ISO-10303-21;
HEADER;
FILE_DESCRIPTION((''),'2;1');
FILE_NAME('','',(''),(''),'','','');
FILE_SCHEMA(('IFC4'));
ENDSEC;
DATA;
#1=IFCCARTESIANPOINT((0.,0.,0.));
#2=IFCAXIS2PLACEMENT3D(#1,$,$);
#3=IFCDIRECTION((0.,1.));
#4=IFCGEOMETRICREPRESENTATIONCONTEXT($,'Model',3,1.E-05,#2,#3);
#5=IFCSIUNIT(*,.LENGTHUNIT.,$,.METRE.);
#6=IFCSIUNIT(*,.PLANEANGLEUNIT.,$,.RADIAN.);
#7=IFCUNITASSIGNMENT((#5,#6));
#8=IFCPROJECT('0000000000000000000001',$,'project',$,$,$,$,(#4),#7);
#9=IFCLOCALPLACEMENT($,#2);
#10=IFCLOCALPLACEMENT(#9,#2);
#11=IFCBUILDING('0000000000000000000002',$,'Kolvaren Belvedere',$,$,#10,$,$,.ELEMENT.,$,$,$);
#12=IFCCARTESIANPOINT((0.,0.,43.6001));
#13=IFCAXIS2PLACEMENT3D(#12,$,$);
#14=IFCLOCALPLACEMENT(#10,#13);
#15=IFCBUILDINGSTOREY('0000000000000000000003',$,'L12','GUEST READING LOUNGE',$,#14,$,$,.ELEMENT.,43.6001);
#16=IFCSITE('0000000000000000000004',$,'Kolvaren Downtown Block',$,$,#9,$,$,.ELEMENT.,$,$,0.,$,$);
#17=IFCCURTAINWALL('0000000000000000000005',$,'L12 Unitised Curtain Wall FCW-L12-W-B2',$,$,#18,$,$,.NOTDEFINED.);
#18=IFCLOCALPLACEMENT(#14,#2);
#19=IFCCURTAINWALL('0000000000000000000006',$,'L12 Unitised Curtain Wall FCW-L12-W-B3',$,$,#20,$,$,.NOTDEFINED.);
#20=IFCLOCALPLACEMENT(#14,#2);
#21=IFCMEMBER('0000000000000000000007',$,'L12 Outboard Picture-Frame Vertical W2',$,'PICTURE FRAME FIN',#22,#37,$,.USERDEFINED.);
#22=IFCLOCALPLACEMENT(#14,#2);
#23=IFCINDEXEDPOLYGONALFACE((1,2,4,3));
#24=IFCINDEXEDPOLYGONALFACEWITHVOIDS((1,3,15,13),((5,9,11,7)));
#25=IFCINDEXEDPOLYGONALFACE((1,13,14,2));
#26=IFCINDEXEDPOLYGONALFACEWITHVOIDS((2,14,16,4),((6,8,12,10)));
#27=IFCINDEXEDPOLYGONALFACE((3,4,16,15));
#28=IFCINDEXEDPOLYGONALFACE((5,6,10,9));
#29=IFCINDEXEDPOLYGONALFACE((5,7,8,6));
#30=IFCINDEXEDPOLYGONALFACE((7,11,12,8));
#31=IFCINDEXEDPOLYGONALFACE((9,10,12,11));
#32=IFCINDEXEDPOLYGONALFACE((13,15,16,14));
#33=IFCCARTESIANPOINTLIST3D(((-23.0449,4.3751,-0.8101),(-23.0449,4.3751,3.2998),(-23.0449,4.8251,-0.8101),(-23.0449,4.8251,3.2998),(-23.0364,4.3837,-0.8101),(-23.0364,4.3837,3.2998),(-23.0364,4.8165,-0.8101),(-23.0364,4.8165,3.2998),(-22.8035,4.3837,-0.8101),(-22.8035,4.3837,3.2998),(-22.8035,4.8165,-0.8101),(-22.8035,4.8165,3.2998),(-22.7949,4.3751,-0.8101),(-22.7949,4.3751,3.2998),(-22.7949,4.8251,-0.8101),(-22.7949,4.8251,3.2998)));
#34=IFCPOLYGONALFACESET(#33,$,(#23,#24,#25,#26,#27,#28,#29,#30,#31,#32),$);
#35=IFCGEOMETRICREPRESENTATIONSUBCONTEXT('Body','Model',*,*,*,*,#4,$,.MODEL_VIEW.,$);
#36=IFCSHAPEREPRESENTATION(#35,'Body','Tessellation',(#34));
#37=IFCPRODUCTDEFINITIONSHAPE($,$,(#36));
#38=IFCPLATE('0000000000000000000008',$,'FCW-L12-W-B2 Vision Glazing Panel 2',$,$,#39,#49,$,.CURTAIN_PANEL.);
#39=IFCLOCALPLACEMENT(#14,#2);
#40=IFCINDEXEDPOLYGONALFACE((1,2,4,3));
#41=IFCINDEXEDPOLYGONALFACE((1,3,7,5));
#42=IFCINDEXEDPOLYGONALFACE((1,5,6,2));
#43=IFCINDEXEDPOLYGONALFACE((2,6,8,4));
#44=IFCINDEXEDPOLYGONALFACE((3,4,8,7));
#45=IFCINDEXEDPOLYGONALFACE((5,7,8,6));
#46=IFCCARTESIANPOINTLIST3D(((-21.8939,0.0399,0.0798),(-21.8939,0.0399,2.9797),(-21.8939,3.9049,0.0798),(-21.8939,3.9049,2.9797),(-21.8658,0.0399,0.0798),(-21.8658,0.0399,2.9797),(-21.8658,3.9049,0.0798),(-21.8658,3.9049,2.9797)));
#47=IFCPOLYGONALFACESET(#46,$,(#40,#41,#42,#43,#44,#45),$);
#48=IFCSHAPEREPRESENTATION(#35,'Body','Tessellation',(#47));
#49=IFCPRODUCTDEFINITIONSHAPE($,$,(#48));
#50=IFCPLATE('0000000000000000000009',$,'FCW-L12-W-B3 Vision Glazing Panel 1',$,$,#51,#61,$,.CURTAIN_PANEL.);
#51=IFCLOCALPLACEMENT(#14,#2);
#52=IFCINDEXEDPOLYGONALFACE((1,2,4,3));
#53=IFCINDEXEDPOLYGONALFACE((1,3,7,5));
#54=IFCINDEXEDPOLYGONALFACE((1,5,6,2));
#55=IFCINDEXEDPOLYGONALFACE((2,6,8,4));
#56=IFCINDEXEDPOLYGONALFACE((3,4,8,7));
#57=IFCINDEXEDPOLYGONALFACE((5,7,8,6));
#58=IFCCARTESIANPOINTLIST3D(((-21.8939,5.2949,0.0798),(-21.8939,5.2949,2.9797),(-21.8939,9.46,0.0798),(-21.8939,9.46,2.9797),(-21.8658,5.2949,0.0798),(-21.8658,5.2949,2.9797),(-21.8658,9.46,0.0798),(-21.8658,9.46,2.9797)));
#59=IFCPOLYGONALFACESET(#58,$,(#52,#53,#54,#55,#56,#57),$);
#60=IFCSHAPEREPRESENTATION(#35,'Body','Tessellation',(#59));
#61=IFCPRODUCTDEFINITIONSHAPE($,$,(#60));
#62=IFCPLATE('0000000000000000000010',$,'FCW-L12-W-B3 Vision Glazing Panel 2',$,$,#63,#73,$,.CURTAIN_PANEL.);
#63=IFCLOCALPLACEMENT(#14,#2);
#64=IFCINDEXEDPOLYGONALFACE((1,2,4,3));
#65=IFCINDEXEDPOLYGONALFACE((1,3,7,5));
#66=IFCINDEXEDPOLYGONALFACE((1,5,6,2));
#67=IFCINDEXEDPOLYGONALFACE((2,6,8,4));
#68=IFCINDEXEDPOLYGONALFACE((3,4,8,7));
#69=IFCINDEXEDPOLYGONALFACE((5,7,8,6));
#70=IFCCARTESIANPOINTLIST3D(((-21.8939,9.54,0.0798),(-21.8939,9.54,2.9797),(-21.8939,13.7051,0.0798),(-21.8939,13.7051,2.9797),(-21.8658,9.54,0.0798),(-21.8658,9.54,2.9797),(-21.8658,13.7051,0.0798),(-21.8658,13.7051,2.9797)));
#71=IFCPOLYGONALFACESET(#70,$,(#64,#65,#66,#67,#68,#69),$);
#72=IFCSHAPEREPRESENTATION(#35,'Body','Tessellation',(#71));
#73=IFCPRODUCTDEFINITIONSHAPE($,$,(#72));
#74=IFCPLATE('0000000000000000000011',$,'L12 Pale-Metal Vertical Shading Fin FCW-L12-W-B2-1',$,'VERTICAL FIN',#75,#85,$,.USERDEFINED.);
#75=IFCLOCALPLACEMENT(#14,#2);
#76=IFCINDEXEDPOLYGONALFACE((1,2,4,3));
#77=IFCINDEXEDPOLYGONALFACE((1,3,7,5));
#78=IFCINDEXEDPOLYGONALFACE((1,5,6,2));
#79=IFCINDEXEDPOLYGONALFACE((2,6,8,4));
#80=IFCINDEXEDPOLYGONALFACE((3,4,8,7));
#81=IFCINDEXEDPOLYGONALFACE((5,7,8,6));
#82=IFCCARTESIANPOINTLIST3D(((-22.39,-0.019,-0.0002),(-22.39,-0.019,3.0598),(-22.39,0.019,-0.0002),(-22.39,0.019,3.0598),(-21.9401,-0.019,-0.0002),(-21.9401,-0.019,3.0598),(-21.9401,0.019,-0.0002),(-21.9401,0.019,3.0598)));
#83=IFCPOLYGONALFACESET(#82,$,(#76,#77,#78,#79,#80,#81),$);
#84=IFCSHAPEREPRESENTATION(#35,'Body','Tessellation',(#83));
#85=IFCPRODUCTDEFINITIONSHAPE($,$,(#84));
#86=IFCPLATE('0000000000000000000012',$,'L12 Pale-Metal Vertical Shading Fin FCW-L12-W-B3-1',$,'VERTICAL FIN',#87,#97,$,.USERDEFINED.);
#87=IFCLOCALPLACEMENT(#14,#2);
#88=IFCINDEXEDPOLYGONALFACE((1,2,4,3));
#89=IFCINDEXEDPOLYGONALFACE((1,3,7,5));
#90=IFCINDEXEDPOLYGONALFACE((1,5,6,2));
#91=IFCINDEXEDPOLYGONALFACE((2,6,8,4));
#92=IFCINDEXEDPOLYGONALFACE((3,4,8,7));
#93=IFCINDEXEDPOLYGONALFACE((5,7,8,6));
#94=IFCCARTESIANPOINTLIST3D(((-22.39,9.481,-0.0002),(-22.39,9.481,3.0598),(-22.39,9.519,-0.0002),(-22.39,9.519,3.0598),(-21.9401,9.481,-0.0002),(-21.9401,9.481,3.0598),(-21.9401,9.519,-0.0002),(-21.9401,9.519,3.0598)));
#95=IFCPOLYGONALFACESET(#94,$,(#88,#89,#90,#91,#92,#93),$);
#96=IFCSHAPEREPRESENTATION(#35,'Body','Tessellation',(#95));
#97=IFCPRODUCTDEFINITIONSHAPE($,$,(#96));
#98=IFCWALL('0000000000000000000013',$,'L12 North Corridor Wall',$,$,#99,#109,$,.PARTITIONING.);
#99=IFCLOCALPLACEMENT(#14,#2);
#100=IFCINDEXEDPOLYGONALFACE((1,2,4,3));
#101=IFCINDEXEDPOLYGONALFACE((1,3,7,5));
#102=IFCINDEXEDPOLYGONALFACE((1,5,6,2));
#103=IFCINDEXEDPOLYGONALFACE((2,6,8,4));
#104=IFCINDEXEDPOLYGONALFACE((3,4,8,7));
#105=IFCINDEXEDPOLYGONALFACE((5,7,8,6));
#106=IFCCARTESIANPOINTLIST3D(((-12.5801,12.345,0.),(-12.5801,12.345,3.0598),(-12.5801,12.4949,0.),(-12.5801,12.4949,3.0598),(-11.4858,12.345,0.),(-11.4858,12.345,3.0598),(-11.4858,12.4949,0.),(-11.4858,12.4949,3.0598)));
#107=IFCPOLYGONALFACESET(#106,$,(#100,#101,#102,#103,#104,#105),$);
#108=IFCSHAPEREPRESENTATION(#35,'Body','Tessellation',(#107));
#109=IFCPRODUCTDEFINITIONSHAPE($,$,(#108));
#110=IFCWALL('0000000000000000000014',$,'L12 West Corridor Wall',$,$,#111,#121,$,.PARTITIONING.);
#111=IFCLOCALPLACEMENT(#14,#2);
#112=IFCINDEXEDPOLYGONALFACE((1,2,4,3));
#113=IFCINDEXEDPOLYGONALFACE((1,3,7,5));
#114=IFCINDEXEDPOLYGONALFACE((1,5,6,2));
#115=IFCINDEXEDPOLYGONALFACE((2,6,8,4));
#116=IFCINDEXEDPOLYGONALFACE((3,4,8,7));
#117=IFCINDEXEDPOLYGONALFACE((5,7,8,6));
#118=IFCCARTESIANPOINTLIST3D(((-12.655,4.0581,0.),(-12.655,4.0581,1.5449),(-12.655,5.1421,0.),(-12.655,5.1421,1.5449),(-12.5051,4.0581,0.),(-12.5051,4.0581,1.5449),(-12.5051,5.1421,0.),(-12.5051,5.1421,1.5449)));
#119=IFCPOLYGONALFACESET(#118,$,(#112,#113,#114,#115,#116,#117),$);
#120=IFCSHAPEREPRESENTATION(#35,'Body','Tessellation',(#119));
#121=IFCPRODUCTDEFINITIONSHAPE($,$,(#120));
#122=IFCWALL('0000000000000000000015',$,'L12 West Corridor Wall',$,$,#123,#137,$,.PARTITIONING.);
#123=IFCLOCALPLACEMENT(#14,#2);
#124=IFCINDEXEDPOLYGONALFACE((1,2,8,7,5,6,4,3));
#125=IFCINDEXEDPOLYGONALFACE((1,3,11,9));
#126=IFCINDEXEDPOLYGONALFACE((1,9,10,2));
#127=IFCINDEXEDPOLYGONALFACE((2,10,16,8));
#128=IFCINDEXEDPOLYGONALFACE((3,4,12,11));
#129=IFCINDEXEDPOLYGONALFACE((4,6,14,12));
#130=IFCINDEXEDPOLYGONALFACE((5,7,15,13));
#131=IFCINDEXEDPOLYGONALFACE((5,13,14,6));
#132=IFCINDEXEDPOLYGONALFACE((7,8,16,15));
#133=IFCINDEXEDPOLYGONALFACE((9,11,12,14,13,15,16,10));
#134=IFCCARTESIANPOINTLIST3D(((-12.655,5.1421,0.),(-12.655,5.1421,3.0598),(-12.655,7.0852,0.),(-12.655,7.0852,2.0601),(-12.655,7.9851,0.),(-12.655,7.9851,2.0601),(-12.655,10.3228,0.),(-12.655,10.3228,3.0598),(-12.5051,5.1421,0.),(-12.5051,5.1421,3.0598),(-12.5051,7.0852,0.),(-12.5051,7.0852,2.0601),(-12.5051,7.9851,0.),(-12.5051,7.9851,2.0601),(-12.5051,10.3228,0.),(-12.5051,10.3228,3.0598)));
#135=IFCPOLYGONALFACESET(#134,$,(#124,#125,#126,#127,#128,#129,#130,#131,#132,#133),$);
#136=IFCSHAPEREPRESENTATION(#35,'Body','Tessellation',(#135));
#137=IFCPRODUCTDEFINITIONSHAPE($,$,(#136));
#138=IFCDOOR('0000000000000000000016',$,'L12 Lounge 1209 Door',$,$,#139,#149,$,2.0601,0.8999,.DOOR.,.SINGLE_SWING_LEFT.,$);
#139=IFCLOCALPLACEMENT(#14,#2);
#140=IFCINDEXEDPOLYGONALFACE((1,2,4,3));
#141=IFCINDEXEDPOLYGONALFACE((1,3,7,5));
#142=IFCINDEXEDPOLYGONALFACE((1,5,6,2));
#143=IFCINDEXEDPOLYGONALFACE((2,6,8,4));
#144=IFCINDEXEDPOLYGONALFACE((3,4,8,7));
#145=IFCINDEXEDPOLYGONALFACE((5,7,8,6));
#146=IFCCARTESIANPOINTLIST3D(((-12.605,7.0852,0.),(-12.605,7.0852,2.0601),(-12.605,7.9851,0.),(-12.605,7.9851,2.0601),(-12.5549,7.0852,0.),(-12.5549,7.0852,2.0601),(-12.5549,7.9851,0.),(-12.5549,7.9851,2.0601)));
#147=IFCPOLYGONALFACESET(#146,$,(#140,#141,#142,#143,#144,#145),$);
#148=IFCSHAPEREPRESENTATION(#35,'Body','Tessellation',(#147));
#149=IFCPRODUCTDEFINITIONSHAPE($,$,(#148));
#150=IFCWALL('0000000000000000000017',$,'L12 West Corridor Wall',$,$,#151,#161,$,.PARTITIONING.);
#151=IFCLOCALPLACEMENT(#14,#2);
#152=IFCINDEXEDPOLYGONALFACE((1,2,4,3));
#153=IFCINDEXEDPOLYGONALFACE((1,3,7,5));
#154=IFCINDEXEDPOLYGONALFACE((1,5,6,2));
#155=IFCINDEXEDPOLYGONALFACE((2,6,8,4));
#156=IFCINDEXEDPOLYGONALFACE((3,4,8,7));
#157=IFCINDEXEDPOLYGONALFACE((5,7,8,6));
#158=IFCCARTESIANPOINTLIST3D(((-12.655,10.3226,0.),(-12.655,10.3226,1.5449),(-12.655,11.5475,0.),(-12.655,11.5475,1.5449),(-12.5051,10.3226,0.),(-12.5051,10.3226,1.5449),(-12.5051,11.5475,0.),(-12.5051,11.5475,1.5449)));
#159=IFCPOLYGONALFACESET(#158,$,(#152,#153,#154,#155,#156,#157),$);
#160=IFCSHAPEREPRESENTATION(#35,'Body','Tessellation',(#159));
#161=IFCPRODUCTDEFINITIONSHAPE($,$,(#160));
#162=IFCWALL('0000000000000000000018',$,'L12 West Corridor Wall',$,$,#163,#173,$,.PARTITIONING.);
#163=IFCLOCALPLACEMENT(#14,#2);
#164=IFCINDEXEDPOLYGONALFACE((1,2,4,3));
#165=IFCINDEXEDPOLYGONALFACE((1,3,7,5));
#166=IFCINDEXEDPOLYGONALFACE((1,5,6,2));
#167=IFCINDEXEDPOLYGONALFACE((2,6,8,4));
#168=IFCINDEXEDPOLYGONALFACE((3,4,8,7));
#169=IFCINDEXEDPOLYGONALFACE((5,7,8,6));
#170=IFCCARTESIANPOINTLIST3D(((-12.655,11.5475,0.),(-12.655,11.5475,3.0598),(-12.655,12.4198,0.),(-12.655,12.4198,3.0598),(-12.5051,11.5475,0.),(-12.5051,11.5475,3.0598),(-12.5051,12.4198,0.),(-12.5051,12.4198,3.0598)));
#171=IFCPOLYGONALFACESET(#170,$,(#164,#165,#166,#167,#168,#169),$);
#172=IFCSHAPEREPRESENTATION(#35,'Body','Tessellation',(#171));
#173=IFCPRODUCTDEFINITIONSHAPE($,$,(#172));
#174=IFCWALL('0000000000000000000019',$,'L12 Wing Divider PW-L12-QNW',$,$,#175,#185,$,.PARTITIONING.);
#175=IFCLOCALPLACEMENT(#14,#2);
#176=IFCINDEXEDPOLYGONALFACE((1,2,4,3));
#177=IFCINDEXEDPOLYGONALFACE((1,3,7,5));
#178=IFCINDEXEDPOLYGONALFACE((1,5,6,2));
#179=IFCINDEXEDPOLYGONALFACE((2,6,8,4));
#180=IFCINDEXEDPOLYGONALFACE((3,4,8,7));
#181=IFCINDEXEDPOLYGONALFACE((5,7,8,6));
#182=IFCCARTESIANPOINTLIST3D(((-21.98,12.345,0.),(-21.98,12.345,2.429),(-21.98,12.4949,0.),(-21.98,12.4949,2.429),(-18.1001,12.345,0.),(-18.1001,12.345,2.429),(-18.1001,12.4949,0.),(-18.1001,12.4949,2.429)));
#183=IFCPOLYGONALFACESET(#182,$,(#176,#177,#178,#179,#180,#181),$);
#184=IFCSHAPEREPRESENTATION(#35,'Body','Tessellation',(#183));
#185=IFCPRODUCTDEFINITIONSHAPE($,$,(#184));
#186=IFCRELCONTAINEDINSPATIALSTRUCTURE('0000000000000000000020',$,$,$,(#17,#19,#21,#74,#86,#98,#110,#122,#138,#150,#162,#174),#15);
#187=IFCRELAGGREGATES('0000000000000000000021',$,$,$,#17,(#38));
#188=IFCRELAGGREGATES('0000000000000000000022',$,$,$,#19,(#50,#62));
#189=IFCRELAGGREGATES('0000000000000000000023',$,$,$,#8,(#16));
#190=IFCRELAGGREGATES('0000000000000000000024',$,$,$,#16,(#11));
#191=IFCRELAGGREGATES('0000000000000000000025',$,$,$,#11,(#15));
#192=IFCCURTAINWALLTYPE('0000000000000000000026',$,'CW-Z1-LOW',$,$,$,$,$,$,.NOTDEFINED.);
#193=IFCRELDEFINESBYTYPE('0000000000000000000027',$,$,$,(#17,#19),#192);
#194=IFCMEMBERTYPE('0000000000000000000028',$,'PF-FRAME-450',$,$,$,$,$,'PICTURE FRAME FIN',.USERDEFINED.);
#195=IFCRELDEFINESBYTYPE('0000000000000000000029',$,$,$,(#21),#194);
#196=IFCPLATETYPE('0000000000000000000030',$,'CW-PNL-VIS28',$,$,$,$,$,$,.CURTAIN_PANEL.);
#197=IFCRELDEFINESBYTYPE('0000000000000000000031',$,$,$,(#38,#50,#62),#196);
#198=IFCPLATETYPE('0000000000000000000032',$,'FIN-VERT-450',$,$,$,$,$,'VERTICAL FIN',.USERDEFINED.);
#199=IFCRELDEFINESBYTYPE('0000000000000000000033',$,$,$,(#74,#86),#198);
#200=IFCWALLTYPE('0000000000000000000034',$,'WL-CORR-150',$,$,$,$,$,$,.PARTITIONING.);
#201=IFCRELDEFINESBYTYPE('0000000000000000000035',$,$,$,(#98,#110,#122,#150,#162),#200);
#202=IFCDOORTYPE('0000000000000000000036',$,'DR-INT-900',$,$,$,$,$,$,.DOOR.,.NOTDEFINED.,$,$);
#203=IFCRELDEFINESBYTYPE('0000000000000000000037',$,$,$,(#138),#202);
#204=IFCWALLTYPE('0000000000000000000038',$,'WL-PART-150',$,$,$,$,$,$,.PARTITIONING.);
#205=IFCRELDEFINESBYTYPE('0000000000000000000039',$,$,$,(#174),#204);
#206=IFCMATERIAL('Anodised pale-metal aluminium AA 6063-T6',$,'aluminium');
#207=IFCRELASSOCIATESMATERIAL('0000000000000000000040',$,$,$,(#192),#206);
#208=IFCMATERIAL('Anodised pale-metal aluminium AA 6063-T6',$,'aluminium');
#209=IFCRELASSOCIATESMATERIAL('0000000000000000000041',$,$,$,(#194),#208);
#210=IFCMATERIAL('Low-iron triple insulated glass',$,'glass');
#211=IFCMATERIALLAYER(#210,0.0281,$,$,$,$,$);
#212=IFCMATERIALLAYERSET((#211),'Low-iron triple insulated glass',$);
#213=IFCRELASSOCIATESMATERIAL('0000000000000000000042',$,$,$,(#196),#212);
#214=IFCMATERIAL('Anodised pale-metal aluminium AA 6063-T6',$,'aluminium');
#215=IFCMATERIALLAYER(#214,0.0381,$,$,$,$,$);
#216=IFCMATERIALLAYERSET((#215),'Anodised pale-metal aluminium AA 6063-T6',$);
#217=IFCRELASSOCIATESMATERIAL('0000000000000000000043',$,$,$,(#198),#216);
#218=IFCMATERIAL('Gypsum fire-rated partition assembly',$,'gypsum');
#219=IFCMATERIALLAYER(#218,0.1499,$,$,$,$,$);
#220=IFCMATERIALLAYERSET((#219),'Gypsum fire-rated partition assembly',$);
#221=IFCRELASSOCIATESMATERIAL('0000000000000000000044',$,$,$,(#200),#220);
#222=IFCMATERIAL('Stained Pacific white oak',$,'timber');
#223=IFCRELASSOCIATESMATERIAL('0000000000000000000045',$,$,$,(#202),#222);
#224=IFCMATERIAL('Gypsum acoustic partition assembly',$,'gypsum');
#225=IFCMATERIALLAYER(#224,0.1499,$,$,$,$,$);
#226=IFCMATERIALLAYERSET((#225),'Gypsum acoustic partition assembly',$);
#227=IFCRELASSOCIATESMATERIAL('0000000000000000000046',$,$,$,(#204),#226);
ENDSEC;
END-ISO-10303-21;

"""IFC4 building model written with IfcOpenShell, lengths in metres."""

from ifc_helpers import new_model, si_unit, direction, frame, frame_2d, origin, origin_2d, place, context, subcontext, project, spatial, rectangle, hollow_rectangle, extrude, material, layer, layer_set, material_profile, profile_set, type_object, element, fill, aggregate, save


model = new_model("IFC4")

# Units and contexts
model_context = context("Model", 3, precision=1e-05, world=origin(), true_north=direction((0.0, 1.0)))
body_context = subcontext(model_context, "Body", "Model", "MODEL_VIEW")
ifc_project = project(units=[si_unit("LENGTHUNIT", "METRE"), si_unit("PLANEANGLEUNIT", "RADIAN")], contexts=[model_context])

# Site, building, storey
site_placement = place(None, origin())
site = spatial("IfcSite", under=ifc_project, at=site_placement, Name="Kolvaren Downtown Block", CompositionType="ELEMENT", RefElevation=0.0)
building_placement = place(site_placement, origin())
building = spatial("IfcBuilding", under=site, at=building_placement, Name="Kolvaren Belvedere", CompositionType="ELEMENT")
storey_placement = place(building_placement, frame((0.0, 0.0, 43.6001)))
storey = spatial("IfcBuildingStorey", under=building, at=storey_placement, Name="L12", Description="GUEST READING LOUNGE", CompositionType="ELEMENT", Elevation=43.6001)

# Curtain walls
ifc_material_1 = material(Name="Anodised pale-metal aluminium AA 6063-T6", Category="aluminium")
curtain_wall_type = type_object("IfcCurtainWallType", Name="CW-Z1-LOW", PredefinedType="NOTDEFINED", material=ifc_material_1)
curtain_wall_1_placement = place(storey_placement, origin())
curtain_wall_1 = element("IfcCurtainWall", 1, at=curtain_wall_1_placement, inside=storey, type_object=curtain_wall_type, Name="L12 Unitised Curtain Wall FCW-L12-W-B2", PredefinedType="NOTDEFINED")
curtain_wall_2_placement = place(storey_placement, origin())
curtain_wall_2 = element("IfcCurtainWall", 2, at=curtain_wall_2_placement, inside=storey, type_object=curtain_wall_type, Name="L12 Unitised Curtain Wall FCW-L12-W-B3", PredefinedType="NOTDEFINED")

# Member
ifc_material_2 = material(Name="Anodised pale-metal aluminium AA 6063-T6", Category="aluminium")
ifc_material_profile_1 = material_profile(ifc_material_2, hollow_rectangle(XDim=0.25, YDim=0.45, WallThickness=0.0085, at=origin_2d()), Name="ALU-PF-450X250")
ifc_profile_set_1 = profile_set([ifc_material_profile_1], Name="Anodised pale-metal aluminium AA 6063-T6")
member_type_1 = type_object("IfcMemberType", Name="PF-FRAME-450", ElementType="PICTURE FRAME FIN", PredefinedType="USERDEFINED", material=ifc_profile_set_1)
member_1_placement = place(storey_placement, frame((-22.9199, 4.6001, -0.8101), z_axis=(0.0, 0.0, 1.0), x_axis=(1.0, 0.0, 0.0)))
element("IfcMember", 3, at=member_1_placement, inside=storey, type_object=member_type_1, Name="L12 Outboard Picture-Frame Vertical W2", ObjectType="PICTURE FRAME FIN", PredefinedType="USERDEFINED", context=body_context, shape_type="SweptSolid", body=[
    extrude(hollow_rectangle(XDim=0.25, YDim=0.45, WallThickness=0.0085, at=origin_2d()), origin(), (0.0, 0.0, 1.0), 4.1099),
])

# Plates
ifc_material_3 = material(Name="Low-iron triple insulated glass", Category="glass")
ifc_layer_1 = layer(ifc_material_3, 0.0281)
ifc_layer_set_1 = layer_set([ifc_layer_1], Name="Low-iron triple insulated glass")
plate_type_1 = type_object("IfcPlateType", Name="CW-PNL-VIS28", PredefinedType="CURTAIN_PANEL", material=ifc_layer_set_1)
plate_1_placement = place(storey_placement, frame((-21.8799, 1.9724, 0.0798), z_axis=(0.0, 0.0, 1.0), x_axis=(0.0, 1.0, 0.0)))
plate_1 = element("IfcPlate", 4, at=plate_1_placement, type_object=plate_type_1, Name="FCW-L12-W-B2 Vision Glazing Panel 2", PredefinedType="CURTAIN_PANEL", context=body_context, shape_type="SweptSolid", body=[
    extrude(rectangle(XDim=3.865, YDim=0.0281, at=origin_2d()), origin(), (0.0, 0.0, 1.0), 2.8999),
])
aggregate(curtain_wall_1, [plate_1])
plate_2_placement = place(storey_placement, frame((-21.8799, 7.3774, 0.0798), z_axis=(0.0, 0.0, 1.0), x_axis=(0.0, 1.0, 0.0)))
plate_2 = element("IfcPlate", 5, at=plate_2_placement, type_object=plate_type_1, Name="FCW-L12-W-B3 Vision Glazing Panel 1", PredefinedType="CURTAIN_PANEL", context=body_context, shape_type="SweptSolid", body=[
    extrude(rectangle(XDim=4.165, YDim=0.0281, at=origin_2d()), origin(), (0.0, 0.0, 1.0), 2.8999),
])
plate_3_placement = place(storey_placement, frame((-21.8799, 11.6226, 0.0798), z_axis=(0.0, 0.0, 1.0), x_axis=(0.0, 1.0, 0.0)))
plate_3 = element("IfcPlate", 6, at=plate_3_placement, type_object=plate_type_1, Name="FCW-L12-W-B3 Vision Glazing Panel 2", PredefinedType="CURTAIN_PANEL", context=body_context, shape_type="SweptSolid", body=[
    extrude(rectangle(XDim=4.165, YDim=0.0281, at=origin_2d()), origin(), (0.0, 0.0, 1.0), 2.8999),
])
aggregate(curtain_wall_2, [plate_2, plate_3])

# Plates
ifc_material_4 = material(Name="Anodised pale-metal aluminium AA 6063-T6", Category="aluminium")
ifc_layer_2 = layer(ifc_material_4, 0.0381)
ifc_layer_set_2 = layer_set([ifc_layer_2], Name="Anodised pale-metal aluminium AA 6063-T6")
plate_type_2 = type_object("IfcPlateType", Name="FIN-VERT-450", ElementType="VERTICAL FIN", PredefinedType="USERDEFINED", material=ifc_layer_set_2)
for number, where, z_axis, x_axis, name in (
    (7, (-22.165, 0.0, -0.0002), (0.0, 0.0, 1.0), (1.0, 0.0, 0.0), "L12 Pale-Metal Vertical Shading Fin FCW-L12-W-B2-1"),
    (8, (-22.165, 9.5, -0.0002), (0.0, 0.0, 1.0), (1.0, 0.0, 0.0), "L12 Pale-Metal Vertical Shading Fin FCW-L12-W-B3-1"),
):
    element("IfcPlate", number, at=place(storey_placement, frame(where, z_axis=z_axis, x_axis=x_axis)), inside=storey, type_object=plate_type_2, Name=name, ObjectType="VERTICAL FIN", PredefinedType="USERDEFINED", context=body_context, shape_type="SweptSolid", body=[
        extrude(rectangle(XDim=0.45, YDim=0.0381, at=origin_2d()), origin(), (0.0, 0.0, 1.0), 3.0601),
    ])

# Walls
ifc_material_5 = material(Name="Gypsum fire-rated partition assembly", Category="gypsum")
ifc_layer_3 = layer(ifc_material_5, 0.1499)
ifc_layer_set_3 = layer_set([ifc_layer_3], Name="Gypsum fire-rated partition assembly")
wall_type_1 = type_object("IfcWallType", Name="WL-CORR-150", PredefinedType="PARTITIONING", material=ifc_layer_set_3)
wall_1_placement = place(storey_placement, frame((-12.5801, 12.4199, 0.0), z_axis=(0.0, 0.0, 1.0), x_axis=(1.0, 0.0, 0.0)))
element("IfcWall", 9, at=wall_1_placement, inside=storey, type_object=wall_type_1, Name="L12 North Corridor Wall", PredefinedType="PARTITIONING", context=body_context, shape_type="SweptSolid", body=[
    extrude(rectangle(XDim=1.0942, YDim=0.1499, at=frame_2d((0.5471, 0.0))), origin(), (0.0, 0.0, 1.0), 3.0598),
])
wall_2_placement = place(storey_placement, frame((-12.5801, 4.0581, 0.0), z_axis=(0.0, 0.0, 1.0), x_axis=(0.0, 1.0, 0.0)))
element("IfcWall", 10, at=wall_2_placement, inside=storey, type_object=wall_type_1, Name="L12 West Corridor Wall", PredefinedType="PARTITIONING", context=body_context, shape_type="SweptSolid", body=[
    extrude(rectangle(XDim=1.084, YDim=0.1499, at=frame_2d((0.542, 0.0))), origin(), (0.0, 0.0, 1.0), 1.5449),
])

# Wall, opening, door
wall_3_placement = place(storey_placement, frame((-12.5801, 5.1421, 0.0), z_axis=(0.0, 0.0, 1.0), x_axis=(0.0, 1.0, 0.0)))
wall_3 = element("IfcWall", 11, at=wall_3_placement, inside=storey, type_object=wall_type_1, Name="L12 West Corridor Wall", PredefinedType="PARTITIONING", context=body_context, shape_type="SweptSolid", body=[
    extrude(rectangle(XDim=5.1807, YDim=0.1499, at=frame_2d((2.5903, 0.0))), origin(), (0.0, 0.0, 1.0), 3.0598),
])
opening_placement = place(wall_3_placement, frame((1.9431, 0.0, 0.0)))
opening = element("IfcOpeningElement", 12, at=opening_placement, cuts=wall_3, PredefinedType="OPENING", context=body_context, shape_type="SweptSolid", body=[
    extrude(rectangle(XDim=0.8999, YDim=2.0601, at=frame_2d((0.45, 1.03))), frame((0.0, 0.085, 0.0), z_axis=(0.0, -1.0, 0.0), x_axis=(1.0, 0.0, 0.0)), (0.0, 0.0, 1.0), 0.1699),
])
ifc_material_6 = material(Name="Stained Pacific white oak", Category="timber")
door_type = type_object("IfcDoorType", Name="DR-INT-900", OperationType="NOTDEFINED", PredefinedType="DOOR", material=ifc_material_6)
door_placement = place(opening_placement, origin())
door = element("IfcDoor", 13, at=door_placement, inside=storey, type_object=door_type, Name="L12 Lounge 1209 Door", OperationType="SINGLE_SWING_LEFT", OverallHeight=2.0601, OverallWidth=0.8999, PredefinedType="DOOR", context=body_context, shape_type="SweptSolid", body=[
    extrude(rectangle(XDim=0.8999, YDim=2.0601, at=frame_2d((0.45, 1.03))), frame((0.0, 0.0249, 0.0), z_axis=(0.0, -1.0, 0.0), x_axis=(1.0, 0.0, 0.0)), (0.0, 0.0, 1.0), 0.05),
])
fill(opening, door)

# Walls
wall_4_placement = place(storey_placement, frame((-12.5801, 10.3228, 0.0), z_axis=(0.0, 0.0, 1.0), x_axis=(0.0, 1.0, 0.0)))
element("IfcWall", 14, at=wall_4_placement, inside=storey, type_object=wall_type_1, Name="L12 West Corridor Wall", PredefinedType="PARTITIONING", context=body_context, shape_type="SweptSolid", body=[
    extrude(rectangle(XDim=1.2249, YDim=0.1499, at=frame_2d((0.6123, 0.0))), origin(), (0.0, 0.0, 1.0), 1.5449),
])
wall_5_placement = place(storey_placement, frame((-12.5801, 11.5476, 0.0), z_axis=(0.0, 0.0, 1.0), x_axis=(0.0, 1.0, 0.0)))
element("IfcWall", 15, at=wall_5_placement, inside=storey, type_object=wall_type_1, Name="L12 West Corridor Wall", PredefinedType="PARTITIONING", context=body_context, shape_type="SweptSolid", body=[
    extrude(rectangle(XDim=0.8723, YDim=0.1499, at=frame_2d((0.436, 0.0))), origin(), (0.0, 0.0, 1.0), 3.0598),
])
ifc_material_7 = material(Name="Gypsum acoustic partition assembly", Category="gypsum")
ifc_layer_4 = layer(ifc_material_7, 0.1499)
ifc_layer_set_4 = layer_set([ifc_layer_4], Name="Gypsum acoustic partition assembly")
wall_type_2 = type_object("IfcWallType", Name="WL-PART-150", PredefinedType="PARTITIONING", material=ifc_layer_set_4)
wall_6_placement = place(storey_placement, frame((-21.98, 12.4199, 0.0), z_axis=(0.0, 0.0, 1.0), x_axis=(1.0, 0.0, 0.0)))
element("IfcWall", 16, at=wall_6_placement, inside=storey, type_object=wall_type_2, Name="L12 Wing Divider PW-L12-QNW", PredefinedType="PARTITIONING", context=body_context, shape_type="SweptSolid", body=[
    extrude(rectangle(XDim=3.8799, YDim=0.1499, at=frame_2d((1.9399, 0.0))), origin(), (0.0, 0.0, 1.0), 2.429),
])

save(model, "model.ifc")
